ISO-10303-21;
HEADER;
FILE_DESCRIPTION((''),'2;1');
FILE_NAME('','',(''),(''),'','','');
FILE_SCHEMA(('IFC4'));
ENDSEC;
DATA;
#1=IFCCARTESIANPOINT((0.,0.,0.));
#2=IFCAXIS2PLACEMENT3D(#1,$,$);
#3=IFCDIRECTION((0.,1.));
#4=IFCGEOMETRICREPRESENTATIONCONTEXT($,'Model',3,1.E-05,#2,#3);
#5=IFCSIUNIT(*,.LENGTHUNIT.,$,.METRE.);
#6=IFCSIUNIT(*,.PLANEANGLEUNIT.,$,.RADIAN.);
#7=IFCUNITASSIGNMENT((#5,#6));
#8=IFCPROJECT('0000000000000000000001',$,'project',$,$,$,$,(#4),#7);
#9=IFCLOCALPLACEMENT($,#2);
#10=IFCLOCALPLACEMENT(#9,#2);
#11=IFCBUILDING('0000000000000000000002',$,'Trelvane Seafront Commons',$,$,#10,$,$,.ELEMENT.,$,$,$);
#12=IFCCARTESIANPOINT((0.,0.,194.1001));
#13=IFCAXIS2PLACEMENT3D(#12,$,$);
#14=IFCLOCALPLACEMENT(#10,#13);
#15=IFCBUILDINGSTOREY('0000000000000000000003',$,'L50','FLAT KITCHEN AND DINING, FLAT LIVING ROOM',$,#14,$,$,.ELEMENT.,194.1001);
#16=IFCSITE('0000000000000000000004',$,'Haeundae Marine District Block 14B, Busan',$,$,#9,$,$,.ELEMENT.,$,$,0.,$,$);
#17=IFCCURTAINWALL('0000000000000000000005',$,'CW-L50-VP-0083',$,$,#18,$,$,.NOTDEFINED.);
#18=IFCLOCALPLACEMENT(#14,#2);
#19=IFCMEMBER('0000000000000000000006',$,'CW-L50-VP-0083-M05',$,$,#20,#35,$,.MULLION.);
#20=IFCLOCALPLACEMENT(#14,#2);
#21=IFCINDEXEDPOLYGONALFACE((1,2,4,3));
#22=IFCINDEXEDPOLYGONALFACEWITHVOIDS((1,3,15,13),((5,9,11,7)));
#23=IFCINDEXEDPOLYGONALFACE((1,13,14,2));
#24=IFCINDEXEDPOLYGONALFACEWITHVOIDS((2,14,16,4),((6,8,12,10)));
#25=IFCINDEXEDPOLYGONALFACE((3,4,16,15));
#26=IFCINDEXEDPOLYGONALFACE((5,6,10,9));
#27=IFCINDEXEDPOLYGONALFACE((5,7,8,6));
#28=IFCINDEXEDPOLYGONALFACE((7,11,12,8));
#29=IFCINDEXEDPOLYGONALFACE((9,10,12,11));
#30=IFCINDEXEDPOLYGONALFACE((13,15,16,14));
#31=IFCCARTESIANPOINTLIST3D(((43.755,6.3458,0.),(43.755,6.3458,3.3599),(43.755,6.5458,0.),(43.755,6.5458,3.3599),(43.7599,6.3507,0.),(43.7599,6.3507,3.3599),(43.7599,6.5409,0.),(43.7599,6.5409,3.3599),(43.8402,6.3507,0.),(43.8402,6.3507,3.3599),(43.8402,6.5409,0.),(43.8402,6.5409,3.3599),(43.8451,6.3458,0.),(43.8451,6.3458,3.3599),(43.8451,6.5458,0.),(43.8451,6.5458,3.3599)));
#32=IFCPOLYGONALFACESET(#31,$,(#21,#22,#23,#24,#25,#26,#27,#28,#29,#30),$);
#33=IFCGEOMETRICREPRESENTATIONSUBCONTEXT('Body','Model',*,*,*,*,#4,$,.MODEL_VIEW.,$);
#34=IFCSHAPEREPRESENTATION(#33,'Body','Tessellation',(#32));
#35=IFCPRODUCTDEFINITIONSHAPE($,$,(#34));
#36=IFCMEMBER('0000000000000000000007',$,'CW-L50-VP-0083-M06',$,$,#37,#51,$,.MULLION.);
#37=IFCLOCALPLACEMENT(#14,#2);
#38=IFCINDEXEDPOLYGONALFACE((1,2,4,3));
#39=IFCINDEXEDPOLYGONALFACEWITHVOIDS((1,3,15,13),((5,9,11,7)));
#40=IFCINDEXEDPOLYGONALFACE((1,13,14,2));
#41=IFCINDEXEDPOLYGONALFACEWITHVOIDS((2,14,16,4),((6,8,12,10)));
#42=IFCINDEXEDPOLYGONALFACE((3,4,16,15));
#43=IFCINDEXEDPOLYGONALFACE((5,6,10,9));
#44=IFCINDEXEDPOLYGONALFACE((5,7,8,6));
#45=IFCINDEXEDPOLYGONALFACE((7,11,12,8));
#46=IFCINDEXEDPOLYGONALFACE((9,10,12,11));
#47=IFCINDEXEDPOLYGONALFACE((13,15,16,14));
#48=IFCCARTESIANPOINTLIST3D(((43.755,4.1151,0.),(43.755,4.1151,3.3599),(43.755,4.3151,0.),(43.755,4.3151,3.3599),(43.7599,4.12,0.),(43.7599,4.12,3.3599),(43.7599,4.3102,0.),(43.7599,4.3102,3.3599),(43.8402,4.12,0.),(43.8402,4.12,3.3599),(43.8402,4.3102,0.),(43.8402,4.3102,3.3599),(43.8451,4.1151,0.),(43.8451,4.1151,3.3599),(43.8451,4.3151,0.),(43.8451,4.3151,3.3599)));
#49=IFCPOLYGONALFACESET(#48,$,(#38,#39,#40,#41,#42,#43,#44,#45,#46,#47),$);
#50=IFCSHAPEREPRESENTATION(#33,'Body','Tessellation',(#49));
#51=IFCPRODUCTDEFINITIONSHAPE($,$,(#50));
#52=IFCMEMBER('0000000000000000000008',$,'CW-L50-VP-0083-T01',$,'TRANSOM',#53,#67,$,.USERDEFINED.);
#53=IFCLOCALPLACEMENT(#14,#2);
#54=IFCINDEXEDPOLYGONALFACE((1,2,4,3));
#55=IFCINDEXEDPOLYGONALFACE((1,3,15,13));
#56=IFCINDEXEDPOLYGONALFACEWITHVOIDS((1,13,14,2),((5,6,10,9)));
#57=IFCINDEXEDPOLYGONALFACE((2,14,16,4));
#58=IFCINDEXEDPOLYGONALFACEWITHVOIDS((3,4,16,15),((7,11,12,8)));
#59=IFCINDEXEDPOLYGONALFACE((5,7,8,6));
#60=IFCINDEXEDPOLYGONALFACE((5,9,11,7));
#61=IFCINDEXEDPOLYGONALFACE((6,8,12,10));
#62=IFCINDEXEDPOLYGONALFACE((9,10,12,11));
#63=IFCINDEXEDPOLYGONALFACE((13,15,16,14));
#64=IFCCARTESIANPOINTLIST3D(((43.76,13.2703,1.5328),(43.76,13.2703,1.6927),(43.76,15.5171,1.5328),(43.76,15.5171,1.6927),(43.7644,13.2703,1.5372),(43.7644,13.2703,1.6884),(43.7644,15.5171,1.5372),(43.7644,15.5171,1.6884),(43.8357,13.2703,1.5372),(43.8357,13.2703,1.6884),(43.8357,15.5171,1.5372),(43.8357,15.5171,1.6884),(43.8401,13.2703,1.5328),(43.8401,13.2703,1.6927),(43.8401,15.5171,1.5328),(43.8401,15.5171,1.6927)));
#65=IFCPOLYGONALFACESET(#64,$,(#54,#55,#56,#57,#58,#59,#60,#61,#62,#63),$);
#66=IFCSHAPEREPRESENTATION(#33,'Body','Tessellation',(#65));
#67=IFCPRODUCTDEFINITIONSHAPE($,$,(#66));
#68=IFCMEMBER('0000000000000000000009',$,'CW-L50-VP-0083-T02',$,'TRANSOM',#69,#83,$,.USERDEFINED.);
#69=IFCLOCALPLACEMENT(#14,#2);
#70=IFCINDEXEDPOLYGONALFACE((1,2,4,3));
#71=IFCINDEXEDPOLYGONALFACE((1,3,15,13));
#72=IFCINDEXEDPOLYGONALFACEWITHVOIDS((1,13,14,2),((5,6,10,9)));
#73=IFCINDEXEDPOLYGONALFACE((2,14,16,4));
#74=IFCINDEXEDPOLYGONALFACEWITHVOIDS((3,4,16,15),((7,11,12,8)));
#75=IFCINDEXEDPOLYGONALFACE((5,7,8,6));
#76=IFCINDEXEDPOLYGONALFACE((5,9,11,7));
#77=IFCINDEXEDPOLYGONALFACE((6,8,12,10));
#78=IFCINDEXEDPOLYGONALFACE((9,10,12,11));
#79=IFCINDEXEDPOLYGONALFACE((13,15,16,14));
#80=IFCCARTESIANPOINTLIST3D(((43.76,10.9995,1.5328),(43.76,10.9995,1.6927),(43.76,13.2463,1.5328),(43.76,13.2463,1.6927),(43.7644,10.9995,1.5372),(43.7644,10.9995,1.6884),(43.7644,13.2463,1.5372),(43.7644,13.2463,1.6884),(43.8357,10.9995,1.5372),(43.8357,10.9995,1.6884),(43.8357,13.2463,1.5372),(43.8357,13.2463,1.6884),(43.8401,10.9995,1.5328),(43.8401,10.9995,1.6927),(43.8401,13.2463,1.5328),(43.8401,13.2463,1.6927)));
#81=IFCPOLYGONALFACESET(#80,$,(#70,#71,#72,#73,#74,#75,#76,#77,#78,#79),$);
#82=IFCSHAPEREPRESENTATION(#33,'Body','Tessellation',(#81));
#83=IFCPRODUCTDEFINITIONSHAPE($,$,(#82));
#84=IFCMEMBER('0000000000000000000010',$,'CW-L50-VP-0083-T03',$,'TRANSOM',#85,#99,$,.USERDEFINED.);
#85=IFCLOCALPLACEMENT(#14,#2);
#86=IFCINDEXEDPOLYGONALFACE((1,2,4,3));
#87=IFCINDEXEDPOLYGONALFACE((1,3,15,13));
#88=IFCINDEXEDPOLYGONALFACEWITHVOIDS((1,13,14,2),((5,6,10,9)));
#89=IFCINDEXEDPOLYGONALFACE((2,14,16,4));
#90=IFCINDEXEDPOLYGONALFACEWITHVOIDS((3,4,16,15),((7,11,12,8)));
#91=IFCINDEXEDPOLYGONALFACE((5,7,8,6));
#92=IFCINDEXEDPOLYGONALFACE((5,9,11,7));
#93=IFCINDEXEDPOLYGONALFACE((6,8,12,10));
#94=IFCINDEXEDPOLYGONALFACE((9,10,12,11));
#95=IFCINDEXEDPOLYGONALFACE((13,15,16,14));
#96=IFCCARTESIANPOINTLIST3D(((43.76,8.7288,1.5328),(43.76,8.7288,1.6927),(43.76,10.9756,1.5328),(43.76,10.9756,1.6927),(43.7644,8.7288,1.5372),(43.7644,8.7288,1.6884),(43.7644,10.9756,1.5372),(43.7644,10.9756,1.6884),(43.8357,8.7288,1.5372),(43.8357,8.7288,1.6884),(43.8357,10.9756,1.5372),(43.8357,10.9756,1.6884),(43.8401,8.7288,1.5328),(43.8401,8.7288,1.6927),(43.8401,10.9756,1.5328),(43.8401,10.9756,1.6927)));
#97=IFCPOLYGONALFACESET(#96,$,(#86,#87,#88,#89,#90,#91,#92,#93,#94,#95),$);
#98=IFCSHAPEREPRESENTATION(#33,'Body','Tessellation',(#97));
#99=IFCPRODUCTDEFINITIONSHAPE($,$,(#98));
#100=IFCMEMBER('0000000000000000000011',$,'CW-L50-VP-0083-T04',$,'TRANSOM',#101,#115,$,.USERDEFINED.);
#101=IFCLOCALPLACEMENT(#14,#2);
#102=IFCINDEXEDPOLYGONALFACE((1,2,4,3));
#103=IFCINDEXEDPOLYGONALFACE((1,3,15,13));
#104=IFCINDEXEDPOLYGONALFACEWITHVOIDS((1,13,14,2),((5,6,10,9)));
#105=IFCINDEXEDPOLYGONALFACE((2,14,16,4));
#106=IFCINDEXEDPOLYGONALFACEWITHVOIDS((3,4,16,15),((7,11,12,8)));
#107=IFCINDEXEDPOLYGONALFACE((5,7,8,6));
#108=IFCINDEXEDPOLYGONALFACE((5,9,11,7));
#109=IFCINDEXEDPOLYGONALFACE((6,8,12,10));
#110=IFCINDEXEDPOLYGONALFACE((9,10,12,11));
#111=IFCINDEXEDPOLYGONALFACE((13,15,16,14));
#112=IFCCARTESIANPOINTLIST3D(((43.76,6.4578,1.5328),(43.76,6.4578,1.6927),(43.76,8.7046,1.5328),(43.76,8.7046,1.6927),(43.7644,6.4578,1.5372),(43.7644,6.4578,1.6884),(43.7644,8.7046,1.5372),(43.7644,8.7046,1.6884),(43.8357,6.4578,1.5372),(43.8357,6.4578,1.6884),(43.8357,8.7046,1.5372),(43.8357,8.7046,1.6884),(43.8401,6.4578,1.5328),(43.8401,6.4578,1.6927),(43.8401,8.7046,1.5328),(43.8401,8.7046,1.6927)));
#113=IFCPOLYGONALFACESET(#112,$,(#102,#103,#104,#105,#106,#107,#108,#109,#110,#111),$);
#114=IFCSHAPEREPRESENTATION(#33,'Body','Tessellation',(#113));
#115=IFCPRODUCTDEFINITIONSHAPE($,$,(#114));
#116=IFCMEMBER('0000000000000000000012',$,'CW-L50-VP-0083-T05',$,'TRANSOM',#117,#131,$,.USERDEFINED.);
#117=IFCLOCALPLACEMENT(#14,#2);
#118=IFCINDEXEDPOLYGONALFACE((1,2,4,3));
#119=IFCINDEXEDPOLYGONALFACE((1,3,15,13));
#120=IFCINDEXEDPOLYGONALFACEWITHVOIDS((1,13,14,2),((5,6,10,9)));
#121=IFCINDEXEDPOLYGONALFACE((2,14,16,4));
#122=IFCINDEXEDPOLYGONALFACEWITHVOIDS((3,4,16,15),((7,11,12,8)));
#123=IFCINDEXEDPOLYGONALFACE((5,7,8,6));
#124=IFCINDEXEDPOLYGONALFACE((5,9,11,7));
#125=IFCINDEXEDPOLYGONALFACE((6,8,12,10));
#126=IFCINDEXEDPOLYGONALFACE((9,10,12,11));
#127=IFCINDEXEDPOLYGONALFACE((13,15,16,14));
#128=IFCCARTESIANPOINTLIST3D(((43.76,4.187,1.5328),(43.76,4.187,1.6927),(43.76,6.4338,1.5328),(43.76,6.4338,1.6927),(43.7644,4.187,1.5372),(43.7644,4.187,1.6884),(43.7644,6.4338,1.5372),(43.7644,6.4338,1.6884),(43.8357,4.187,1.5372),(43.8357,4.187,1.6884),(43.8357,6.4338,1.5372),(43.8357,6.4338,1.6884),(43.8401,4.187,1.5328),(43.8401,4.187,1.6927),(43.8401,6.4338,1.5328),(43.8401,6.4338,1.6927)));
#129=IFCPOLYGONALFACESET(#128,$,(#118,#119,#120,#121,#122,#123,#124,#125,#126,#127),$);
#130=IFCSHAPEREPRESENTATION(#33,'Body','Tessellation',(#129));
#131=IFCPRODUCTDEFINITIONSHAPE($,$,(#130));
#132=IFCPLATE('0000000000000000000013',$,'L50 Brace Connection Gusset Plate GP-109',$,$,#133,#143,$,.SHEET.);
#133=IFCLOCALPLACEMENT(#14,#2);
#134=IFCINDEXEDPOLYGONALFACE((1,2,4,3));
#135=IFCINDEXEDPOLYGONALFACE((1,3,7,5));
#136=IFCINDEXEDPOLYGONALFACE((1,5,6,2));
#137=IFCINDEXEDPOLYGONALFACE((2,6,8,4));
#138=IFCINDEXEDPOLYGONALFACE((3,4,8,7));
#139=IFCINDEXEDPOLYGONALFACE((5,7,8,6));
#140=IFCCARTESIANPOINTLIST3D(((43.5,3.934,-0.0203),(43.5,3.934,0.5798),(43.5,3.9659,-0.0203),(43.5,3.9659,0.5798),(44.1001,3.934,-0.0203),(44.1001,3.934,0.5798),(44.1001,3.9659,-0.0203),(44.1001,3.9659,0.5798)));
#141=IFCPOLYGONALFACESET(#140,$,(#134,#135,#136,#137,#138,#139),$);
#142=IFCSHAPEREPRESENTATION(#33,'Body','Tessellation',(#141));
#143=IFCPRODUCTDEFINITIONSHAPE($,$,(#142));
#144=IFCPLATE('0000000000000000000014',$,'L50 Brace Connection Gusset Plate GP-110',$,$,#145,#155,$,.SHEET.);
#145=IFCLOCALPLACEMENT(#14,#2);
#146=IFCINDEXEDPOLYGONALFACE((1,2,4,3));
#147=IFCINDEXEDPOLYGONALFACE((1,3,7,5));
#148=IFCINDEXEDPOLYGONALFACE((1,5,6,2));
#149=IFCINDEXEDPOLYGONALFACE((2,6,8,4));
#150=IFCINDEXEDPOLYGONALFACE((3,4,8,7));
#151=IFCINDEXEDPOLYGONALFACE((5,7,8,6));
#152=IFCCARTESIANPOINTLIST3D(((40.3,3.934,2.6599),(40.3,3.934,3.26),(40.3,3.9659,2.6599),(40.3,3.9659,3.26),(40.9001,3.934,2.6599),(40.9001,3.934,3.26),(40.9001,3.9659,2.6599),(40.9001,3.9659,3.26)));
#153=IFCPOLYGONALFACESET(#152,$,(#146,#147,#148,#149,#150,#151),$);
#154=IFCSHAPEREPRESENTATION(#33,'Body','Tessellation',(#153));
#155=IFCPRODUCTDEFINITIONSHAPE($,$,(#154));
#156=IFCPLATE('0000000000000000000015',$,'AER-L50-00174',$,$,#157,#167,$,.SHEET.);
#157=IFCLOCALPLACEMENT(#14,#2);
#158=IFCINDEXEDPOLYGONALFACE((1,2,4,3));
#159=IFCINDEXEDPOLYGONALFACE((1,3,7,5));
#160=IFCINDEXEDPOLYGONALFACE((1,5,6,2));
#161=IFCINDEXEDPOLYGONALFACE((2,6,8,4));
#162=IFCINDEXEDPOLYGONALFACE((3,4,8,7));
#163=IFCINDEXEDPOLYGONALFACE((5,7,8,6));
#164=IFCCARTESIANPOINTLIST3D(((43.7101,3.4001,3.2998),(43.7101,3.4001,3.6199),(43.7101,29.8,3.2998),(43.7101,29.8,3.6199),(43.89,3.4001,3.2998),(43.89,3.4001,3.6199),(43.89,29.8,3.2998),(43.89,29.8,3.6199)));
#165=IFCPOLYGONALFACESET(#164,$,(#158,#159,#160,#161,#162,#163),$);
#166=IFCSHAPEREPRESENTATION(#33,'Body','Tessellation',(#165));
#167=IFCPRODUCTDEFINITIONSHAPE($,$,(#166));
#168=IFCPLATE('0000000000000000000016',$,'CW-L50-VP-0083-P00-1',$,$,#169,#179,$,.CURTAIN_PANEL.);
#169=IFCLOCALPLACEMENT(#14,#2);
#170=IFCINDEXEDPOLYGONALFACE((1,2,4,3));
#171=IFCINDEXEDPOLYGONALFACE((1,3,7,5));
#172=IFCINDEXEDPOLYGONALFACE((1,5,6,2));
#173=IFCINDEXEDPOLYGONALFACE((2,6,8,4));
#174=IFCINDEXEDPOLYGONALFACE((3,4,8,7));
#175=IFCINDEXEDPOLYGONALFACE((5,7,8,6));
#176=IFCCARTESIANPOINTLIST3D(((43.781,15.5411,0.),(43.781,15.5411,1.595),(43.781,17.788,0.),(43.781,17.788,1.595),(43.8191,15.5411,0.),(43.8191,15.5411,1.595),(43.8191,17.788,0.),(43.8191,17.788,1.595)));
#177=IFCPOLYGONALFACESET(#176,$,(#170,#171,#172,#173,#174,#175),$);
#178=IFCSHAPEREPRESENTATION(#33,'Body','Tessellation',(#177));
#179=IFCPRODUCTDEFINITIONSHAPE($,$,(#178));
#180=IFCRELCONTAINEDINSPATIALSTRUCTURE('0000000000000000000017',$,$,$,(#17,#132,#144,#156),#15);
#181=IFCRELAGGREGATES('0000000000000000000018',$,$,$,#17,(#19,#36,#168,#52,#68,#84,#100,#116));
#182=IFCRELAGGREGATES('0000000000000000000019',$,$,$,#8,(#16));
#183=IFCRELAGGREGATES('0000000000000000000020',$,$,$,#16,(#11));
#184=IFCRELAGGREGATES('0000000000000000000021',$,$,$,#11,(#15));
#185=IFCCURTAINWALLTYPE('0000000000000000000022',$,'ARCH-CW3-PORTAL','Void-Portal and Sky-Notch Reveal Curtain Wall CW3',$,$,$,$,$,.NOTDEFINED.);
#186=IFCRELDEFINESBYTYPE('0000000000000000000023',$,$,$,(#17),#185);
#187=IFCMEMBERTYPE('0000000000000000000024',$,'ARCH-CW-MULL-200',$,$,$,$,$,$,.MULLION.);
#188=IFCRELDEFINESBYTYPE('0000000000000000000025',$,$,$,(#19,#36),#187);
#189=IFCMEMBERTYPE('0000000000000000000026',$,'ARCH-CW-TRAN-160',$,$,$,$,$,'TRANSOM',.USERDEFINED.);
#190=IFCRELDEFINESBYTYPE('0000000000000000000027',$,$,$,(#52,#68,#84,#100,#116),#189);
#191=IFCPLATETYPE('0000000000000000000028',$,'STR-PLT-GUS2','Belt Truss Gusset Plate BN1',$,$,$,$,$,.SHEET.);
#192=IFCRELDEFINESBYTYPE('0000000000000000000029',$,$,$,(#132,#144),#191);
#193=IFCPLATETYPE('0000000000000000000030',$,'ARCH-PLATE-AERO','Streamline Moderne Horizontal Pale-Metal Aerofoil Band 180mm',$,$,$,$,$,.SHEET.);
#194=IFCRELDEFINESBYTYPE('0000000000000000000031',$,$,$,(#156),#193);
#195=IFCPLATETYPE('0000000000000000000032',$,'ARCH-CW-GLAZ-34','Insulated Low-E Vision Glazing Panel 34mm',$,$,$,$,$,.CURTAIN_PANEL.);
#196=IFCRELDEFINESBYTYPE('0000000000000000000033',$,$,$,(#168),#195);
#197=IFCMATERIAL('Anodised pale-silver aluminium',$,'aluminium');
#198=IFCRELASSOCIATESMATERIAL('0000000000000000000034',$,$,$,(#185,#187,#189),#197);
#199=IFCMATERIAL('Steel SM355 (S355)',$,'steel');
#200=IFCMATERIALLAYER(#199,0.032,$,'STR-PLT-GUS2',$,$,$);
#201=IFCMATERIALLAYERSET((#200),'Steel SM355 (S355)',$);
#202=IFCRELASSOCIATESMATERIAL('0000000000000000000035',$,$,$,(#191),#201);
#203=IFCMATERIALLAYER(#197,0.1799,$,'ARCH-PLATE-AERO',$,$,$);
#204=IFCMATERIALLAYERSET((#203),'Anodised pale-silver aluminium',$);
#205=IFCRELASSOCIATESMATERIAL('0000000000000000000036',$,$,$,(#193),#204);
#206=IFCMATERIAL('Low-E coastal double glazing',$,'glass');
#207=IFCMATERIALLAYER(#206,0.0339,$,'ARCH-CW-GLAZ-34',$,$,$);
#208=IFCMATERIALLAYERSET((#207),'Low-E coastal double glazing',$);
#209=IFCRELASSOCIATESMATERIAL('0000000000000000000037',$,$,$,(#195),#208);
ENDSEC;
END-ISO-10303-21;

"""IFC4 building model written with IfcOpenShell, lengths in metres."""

from ifc_helpers import new_model, si_unit, direction, frame, origin, origin_2d, place, context, subcontext, project, spatial, rectangle, hollow_rectangle, extrude, source, transform, mapped, material, layer, layer_set, material_profile, profile_set, type_object, element, aggregate, save


model = new_model("IFC4")

# Units and contexts
model_context = context("Model", 3, precision=1e-05, world=origin(), true_north=direction((0.0, 1.0)))
body_context = subcontext(model_context, "Body", "Model", "MODEL_VIEW")
ifc_project = project(units=[si_unit("LENGTHUNIT", "METRE"), si_unit("PLANEANGLEUNIT", "RADIAN")], contexts=[model_context])

# Site, building, storey
site_placement = place(None, origin())
site = spatial("IfcSite", under=ifc_project, at=site_placement, Name="Haeundae Marine District Block 14B, Busan", CompositionType="ELEMENT", RefElevation=0.0)
building_placement = place(site_placement, origin())
building = spatial("IfcBuilding", under=site, at=building_placement, Name="Trelvane Seafront Commons", CompositionType="ELEMENT")
storey_placement = place(building_placement, frame((0.0, 0.0, 194.1001)))
storey = spatial("IfcBuildingStorey", under=building, at=storey_placement, Name="L50", Description="FLAT KITCHEN AND DINING, FLAT LIVING ROOM", CompositionType="ELEMENT", Elevation=194.1001)

# Shared definitions
ifc_material_1 = material(Name="Steel SM355 (S355)", Category="steel")

# Curtain wall, members
ifc_material_2 = material(Name="Anodised pale-silver aluminium", Category="aluminium")
curtain_wall_type = type_object("IfcCurtainWallType", Name="ARCH-CW3-PORTAL", Description="Void-Portal and Sky-Notch Reveal Curtain Wall CW3", PredefinedType="NOTDEFINED", material=ifc_material_2)
curtain_wall_placement = place(storey_placement, origin())
curtain_wall = element("IfcCurtainWall", 1, at=curtain_wall_placement, inside=storey, type_object=curtain_wall_type, Name="CW-L50-VP-0083", PredefinedType="NOTDEFINED")
ifc_material_profile_1 = material_profile(ifc_material_2, hollow_rectangle(XDim=0.0901, YDim=0.2, WallThickness=0.0049, at=origin_2d()), Name="MULL-90x200x5")
ifc_profile_set_1 = profile_set([ifc_material_profile_1], Name="Anodised pale-silver aluminium")
member_type_1 = type_object("IfcMemberType", Name="ARCH-CW-MULL-200", PredefinedType="MULLION", material=ifc_profile_set_1)
shared_shape_1 = source(origin(), body_context, "Body", "SweptSolid", [
    extrude(hollow_rectangle(XDim=0.0901, YDim=0.2, WallThickness=0.0049, at=origin_2d()), origin(), (0.0, 0.0, 1.0), 3.3599),
])
member_1_placement = place(storey_placement, frame((43.8, 6.4458, 0.0), z_axis=(0.0, 0.0, 1.0), x_axis=(1.0, 0.0, 0.0)))
member_1 = element("IfcMember", 2, at=member_1_placement, type_object=member_type_1, Name="CW-L50-VP-0083-M05", PredefinedType="MULLION", context=body_context, shape_type="MappedRepresentation", body=[
    mapped(shared_shape_1, transform((0.0, 0.0, 0.0), x_axis=(1.0, 0.0, 0.0), y_axis=(0.0, 1.0, 0.0), z_axis=(0.0, 0.0, 1.0), scale=1.0)),
])
member_2_placement = place(storey_placement, frame((43.8, 4.2151, 0.0), z_axis=(0.0, 0.0, 1.0), x_axis=(1.0, 0.0, 0.0)))
member_2 = element("IfcMember", 3, at=member_2_placement, type_object=member_type_1, Name="CW-L50-VP-0083-M06", PredefinedType="MULLION", context=body_context, shape_type="MappedRepresentation", body=[
    mapped(shared_shape_1, transform((0.0, 0.0, 0.0), x_axis=(1.0, 0.0, 0.0), y_axis=(0.0, 1.0, 0.0), z_axis=(0.0, 0.0, 1.0), scale=1.0)),
])
ifc_material_profile_2 = material_profile(ifc_material_2, hollow_rectangle(XDim=0.0801, YDim=0.1599, WallThickness=0.0044, at=origin_2d()), Name="TRAN-80x160x4.5")
ifc_profile_set_2 = profile_set([ifc_material_profile_2], Name="Anodised pale-silver aluminium")
member_type_2 = type_object("IfcMemberType", Name="ARCH-CW-TRAN-160", ElementType="TRANSOM", PredefinedType="USERDEFINED", material=ifc_profile_set_2)
shared_shape_2 = source(origin(), body_context, "Body", "SweptSolid", [
    extrude(hollow_rectangle(XDim=0.0801, YDim=0.1599, WallThickness=0.0044, at=origin_2d()), origin(), (0.0, 0.0, 1.0), 2.2468),
])
member_3_placement = place(storey_placement, frame((43.8, 15.5171, 1.6128), z_axis=(0.0, -1.0, 0.0), x_axis=(1.0, 0.0, 0.0)))
member_3 = element("IfcMember", 4, at=member_3_placement, type_object=member_type_2, Name="CW-L50-VP-0083-T01", ObjectType="TRANSOM", PredefinedType="USERDEFINED", context=body_context, shape_type="MappedRepresentation", body=[
    mapped(shared_shape_2, transform((0.0, 0.0, 0.0), x_axis=(1.0, 0.0, 0.0), y_axis=(0.0, 1.0, 0.0), z_axis=(0.0, 0.0, 1.0), scale=1.0)),
])
member_4_placement = place(storey_placement, frame((43.8, 13.2463, 1.6128), z_axis=(0.0, -1.0, 0.0), x_axis=(1.0, 0.0, 0.0)))
member_4 = element("IfcMember", 5, at=member_4_placement, type_object=member_type_2, Name="CW-L50-VP-0083-T02", ObjectType="TRANSOM", PredefinedType="USERDEFINED", context=body_context, shape_type="MappedRepresentation", body=[
    mapped(shared_shape_2, transform((0.0, 0.0, 0.0), x_axis=(1.0, 0.0, 0.0), y_axis=(0.0, 1.0, 0.0), z_axis=(0.0, 0.0, 1.0), scale=1.0)),
])
member_5_placement = place(storey_placement, frame((43.8, 10.9756, 1.6128), z_axis=(0.0, -1.0, 0.0), x_axis=(1.0, 0.0, 0.0)))
member_5 = element("IfcMember", 6, at=member_5_placement, type_object=member_type_2, Name="CW-L50-VP-0083-T03", ObjectType="TRANSOM", PredefinedType="USERDEFINED", context=body_context, shape_type="MappedRepresentation", body=[
    mapped(shared_shape_2, transform((0.0, 0.0, 0.0), x_axis=(1.0, 0.0, 0.0), y_axis=(0.0, 1.0, 0.0), z_axis=(0.0, 0.0, 1.0), scale=1.0)),
])
member_6_placement = place(storey_placement, frame((43.8, 8.7046, 1.6128), z_axis=(0.0, -1.0, 0.0), x_axis=(1.0, 0.0, 0.0)))
member_6 = element("IfcMember", 7, at=member_6_placement, type_object=member_type_2, Name="CW-L50-VP-0083-T04", ObjectType="TRANSOM", PredefinedType="USERDEFINED", context=body_context, shape_type="MappedRepresentation", body=[
    mapped(shared_shape_2, transform((0.0, 0.0, 0.0), x_axis=(1.0, 0.0, 0.0), y_axis=(0.0, 1.0, 0.0), z_axis=(0.0, 0.0, 1.0), scale=1.0)),
])
member_7_placement = place(storey_placement, frame((43.8, 6.4338, 1.6128), z_axis=(0.0, -1.0, 0.0), x_axis=(1.0, 0.0, 0.0)))
member_7 = element("IfcMember", 8, at=member_7_placement, type_object=member_type_2, Name="CW-L50-VP-0083-T05", ObjectType="TRANSOM", PredefinedType="USERDEFINED", context=body_context, shape_type="MappedRepresentation", body=[
    mapped(shared_shape_2, transform((0.0, 0.0, 0.0), x_axis=(1.0, 0.0, 0.0), y_axis=(0.0, 1.0, 0.0), z_axis=(0.0, 0.0, 1.0), scale=1.0)),
])

# Plates
ifc_layer_1 = layer(ifc_material_1, 0.032, Name="STR-PLT-GUS2")
ifc_layer_set_1 = layer_set([ifc_layer_1], Name="Steel SM355 (S355)")
plate_type_1 = type_object("IfcPlateType", Name="STR-PLT-GUS2", Description="Belt Truss Gusset Plate BN1", PredefinedType="SHEET", material=ifc_layer_set_1)
shared_shape_3 = source(origin(), body_context, "Body", "SweptSolid", [
    extrude(rectangle(XDim=0.6001, YDim=0.032, at=origin_2d()), origin(), (0.0, 0.0, 1.0), 0.6001),
])
for number, where, z_axis, x_axis, name in (
    (9, (43.8, 3.95, -0.0203), (0.0, 0.0, 1.0), (1.0, 0.0, 0.0), "L50 Brace Connection Gusset Plate GP-109"),
    (10, (40.6001, 3.95, 2.6599), (0.0, 0.0, 1.0), (1.0, 0.0, 0.0), "L50 Brace Connection Gusset Plate GP-110"),
):
    element("IfcPlate", number, at=place(storey_placement, frame(where, z_axis=z_axis, x_axis=x_axis)), inside=storey, type_object=plate_type_1, Name=name, PredefinedType="SHEET", context=body_context, shape_type="MappedRepresentation", body=[
        mapped(shared_shape_3, transform((0.0, 0.0, 0.0), x_axis=(1.0, 0.0, 0.0), y_axis=(0.0, 1.0, 0.0), z_axis=(0.0, 0.0, 1.0), scale=1.0)),
    ])
ifc_layer_2 = layer(ifc_material_2, 0.1799, Name="ARCH-PLATE-AERO")
ifc_layer_set_2 = layer_set([ifc_layer_2], Name="Anodised pale-silver aluminium")
plate_type_2 = type_object("IfcPlateType", Name="ARCH-PLATE-AERO", Description="Streamline Moderne Horizontal Pale-Metal Aerofoil Band 180mm", PredefinedType="SHEET", material=ifc_layer_set_2)
shared_shape_4 = source(origin(), body_context, "Body", "SweptSolid", [
    extrude(rectangle(XDim=26.3999, YDim=0.1799, at=origin_2d()), origin(), (0.0, 0.0, 1.0), 0.3201),
])
plate_1_placement = place(storey_placement, frame((43.8, 16.6001, 3.2998), z_axis=(0.0, 0.0, 1.0), x_axis=(0.0, 1.0, 0.0)))
element("IfcPlate", 11, at=plate_1_placement, inside=storey, type_object=plate_type_2, Name="AER-L50-00174", PredefinedType="SHEET", context=body_context, shape_type="MappedRepresentation", body=[
    mapped(shared_shape_4, transform((0.0, 0.0, 0.0), x_axis=(1.0, 0.0, 0.0), y_axis=(0.0, 1.0, 0.0), z_axis=(0.0, 0.0, 1.0), scale=1.0)),
])

# Plate
ifc_material_3 = material(Name="Low-E coastal double glazing", Category="glass")
ifc_layer_3 = layer(ifc_material_3, 0.0339, Name="ARCH-CW-GLAZ-34")
ifc_layer_set_3 = layer_set([ifc_layer_3], Name="Low-E coastal double glazing")
plate_type_3 = type_object("IfcPlateType", Name="ARCH-CW-GLAZ-34", Description="Insulated Low-E Vision Glazing Panel 34mm", PredefinedType="CURTAIN_PANEL", material=ifc_layer_set_3)
shared_shape_5 = source(origin(), body_context, "Body", "SweptSolid", [
    extrude(rectangle(XDim=2.2468, YDim=0.0381, at=origin_2d()), origin(), (0.0, 0.0, 1.0), 1.595),
])
plate_2_placement = place(storey_placement, frame((43.8, 16.6646, 0.0), z_axis=(0.0, 0.0, 1.0), x_axis=(0.0, -1.0, 0.0)))
plate_2 = element("IfcPlate", 12, at=plate_2_placement, type_object=plate_type_3, Name="CW-L50-VP-0083-P00-1", PredefinedType="CURTAIN_PANEL", context=body_context, shape_type="MappedRepresentation", body=[
    mapped(shared_shape_5, transform((0.0, 0.0, 0.0), x_axis=(1.0, 0.0, 0.0), y_axis=(0.0, 1.0, 0.0), z_axis=(0.0, 0.0, 1.0), scale=1.0)),
])
aggregate(curtain_wall, [member_1, member_2, plate_2, member_3, member_4, member_5, member_6, member_7])

save(model, "model.ifc")
